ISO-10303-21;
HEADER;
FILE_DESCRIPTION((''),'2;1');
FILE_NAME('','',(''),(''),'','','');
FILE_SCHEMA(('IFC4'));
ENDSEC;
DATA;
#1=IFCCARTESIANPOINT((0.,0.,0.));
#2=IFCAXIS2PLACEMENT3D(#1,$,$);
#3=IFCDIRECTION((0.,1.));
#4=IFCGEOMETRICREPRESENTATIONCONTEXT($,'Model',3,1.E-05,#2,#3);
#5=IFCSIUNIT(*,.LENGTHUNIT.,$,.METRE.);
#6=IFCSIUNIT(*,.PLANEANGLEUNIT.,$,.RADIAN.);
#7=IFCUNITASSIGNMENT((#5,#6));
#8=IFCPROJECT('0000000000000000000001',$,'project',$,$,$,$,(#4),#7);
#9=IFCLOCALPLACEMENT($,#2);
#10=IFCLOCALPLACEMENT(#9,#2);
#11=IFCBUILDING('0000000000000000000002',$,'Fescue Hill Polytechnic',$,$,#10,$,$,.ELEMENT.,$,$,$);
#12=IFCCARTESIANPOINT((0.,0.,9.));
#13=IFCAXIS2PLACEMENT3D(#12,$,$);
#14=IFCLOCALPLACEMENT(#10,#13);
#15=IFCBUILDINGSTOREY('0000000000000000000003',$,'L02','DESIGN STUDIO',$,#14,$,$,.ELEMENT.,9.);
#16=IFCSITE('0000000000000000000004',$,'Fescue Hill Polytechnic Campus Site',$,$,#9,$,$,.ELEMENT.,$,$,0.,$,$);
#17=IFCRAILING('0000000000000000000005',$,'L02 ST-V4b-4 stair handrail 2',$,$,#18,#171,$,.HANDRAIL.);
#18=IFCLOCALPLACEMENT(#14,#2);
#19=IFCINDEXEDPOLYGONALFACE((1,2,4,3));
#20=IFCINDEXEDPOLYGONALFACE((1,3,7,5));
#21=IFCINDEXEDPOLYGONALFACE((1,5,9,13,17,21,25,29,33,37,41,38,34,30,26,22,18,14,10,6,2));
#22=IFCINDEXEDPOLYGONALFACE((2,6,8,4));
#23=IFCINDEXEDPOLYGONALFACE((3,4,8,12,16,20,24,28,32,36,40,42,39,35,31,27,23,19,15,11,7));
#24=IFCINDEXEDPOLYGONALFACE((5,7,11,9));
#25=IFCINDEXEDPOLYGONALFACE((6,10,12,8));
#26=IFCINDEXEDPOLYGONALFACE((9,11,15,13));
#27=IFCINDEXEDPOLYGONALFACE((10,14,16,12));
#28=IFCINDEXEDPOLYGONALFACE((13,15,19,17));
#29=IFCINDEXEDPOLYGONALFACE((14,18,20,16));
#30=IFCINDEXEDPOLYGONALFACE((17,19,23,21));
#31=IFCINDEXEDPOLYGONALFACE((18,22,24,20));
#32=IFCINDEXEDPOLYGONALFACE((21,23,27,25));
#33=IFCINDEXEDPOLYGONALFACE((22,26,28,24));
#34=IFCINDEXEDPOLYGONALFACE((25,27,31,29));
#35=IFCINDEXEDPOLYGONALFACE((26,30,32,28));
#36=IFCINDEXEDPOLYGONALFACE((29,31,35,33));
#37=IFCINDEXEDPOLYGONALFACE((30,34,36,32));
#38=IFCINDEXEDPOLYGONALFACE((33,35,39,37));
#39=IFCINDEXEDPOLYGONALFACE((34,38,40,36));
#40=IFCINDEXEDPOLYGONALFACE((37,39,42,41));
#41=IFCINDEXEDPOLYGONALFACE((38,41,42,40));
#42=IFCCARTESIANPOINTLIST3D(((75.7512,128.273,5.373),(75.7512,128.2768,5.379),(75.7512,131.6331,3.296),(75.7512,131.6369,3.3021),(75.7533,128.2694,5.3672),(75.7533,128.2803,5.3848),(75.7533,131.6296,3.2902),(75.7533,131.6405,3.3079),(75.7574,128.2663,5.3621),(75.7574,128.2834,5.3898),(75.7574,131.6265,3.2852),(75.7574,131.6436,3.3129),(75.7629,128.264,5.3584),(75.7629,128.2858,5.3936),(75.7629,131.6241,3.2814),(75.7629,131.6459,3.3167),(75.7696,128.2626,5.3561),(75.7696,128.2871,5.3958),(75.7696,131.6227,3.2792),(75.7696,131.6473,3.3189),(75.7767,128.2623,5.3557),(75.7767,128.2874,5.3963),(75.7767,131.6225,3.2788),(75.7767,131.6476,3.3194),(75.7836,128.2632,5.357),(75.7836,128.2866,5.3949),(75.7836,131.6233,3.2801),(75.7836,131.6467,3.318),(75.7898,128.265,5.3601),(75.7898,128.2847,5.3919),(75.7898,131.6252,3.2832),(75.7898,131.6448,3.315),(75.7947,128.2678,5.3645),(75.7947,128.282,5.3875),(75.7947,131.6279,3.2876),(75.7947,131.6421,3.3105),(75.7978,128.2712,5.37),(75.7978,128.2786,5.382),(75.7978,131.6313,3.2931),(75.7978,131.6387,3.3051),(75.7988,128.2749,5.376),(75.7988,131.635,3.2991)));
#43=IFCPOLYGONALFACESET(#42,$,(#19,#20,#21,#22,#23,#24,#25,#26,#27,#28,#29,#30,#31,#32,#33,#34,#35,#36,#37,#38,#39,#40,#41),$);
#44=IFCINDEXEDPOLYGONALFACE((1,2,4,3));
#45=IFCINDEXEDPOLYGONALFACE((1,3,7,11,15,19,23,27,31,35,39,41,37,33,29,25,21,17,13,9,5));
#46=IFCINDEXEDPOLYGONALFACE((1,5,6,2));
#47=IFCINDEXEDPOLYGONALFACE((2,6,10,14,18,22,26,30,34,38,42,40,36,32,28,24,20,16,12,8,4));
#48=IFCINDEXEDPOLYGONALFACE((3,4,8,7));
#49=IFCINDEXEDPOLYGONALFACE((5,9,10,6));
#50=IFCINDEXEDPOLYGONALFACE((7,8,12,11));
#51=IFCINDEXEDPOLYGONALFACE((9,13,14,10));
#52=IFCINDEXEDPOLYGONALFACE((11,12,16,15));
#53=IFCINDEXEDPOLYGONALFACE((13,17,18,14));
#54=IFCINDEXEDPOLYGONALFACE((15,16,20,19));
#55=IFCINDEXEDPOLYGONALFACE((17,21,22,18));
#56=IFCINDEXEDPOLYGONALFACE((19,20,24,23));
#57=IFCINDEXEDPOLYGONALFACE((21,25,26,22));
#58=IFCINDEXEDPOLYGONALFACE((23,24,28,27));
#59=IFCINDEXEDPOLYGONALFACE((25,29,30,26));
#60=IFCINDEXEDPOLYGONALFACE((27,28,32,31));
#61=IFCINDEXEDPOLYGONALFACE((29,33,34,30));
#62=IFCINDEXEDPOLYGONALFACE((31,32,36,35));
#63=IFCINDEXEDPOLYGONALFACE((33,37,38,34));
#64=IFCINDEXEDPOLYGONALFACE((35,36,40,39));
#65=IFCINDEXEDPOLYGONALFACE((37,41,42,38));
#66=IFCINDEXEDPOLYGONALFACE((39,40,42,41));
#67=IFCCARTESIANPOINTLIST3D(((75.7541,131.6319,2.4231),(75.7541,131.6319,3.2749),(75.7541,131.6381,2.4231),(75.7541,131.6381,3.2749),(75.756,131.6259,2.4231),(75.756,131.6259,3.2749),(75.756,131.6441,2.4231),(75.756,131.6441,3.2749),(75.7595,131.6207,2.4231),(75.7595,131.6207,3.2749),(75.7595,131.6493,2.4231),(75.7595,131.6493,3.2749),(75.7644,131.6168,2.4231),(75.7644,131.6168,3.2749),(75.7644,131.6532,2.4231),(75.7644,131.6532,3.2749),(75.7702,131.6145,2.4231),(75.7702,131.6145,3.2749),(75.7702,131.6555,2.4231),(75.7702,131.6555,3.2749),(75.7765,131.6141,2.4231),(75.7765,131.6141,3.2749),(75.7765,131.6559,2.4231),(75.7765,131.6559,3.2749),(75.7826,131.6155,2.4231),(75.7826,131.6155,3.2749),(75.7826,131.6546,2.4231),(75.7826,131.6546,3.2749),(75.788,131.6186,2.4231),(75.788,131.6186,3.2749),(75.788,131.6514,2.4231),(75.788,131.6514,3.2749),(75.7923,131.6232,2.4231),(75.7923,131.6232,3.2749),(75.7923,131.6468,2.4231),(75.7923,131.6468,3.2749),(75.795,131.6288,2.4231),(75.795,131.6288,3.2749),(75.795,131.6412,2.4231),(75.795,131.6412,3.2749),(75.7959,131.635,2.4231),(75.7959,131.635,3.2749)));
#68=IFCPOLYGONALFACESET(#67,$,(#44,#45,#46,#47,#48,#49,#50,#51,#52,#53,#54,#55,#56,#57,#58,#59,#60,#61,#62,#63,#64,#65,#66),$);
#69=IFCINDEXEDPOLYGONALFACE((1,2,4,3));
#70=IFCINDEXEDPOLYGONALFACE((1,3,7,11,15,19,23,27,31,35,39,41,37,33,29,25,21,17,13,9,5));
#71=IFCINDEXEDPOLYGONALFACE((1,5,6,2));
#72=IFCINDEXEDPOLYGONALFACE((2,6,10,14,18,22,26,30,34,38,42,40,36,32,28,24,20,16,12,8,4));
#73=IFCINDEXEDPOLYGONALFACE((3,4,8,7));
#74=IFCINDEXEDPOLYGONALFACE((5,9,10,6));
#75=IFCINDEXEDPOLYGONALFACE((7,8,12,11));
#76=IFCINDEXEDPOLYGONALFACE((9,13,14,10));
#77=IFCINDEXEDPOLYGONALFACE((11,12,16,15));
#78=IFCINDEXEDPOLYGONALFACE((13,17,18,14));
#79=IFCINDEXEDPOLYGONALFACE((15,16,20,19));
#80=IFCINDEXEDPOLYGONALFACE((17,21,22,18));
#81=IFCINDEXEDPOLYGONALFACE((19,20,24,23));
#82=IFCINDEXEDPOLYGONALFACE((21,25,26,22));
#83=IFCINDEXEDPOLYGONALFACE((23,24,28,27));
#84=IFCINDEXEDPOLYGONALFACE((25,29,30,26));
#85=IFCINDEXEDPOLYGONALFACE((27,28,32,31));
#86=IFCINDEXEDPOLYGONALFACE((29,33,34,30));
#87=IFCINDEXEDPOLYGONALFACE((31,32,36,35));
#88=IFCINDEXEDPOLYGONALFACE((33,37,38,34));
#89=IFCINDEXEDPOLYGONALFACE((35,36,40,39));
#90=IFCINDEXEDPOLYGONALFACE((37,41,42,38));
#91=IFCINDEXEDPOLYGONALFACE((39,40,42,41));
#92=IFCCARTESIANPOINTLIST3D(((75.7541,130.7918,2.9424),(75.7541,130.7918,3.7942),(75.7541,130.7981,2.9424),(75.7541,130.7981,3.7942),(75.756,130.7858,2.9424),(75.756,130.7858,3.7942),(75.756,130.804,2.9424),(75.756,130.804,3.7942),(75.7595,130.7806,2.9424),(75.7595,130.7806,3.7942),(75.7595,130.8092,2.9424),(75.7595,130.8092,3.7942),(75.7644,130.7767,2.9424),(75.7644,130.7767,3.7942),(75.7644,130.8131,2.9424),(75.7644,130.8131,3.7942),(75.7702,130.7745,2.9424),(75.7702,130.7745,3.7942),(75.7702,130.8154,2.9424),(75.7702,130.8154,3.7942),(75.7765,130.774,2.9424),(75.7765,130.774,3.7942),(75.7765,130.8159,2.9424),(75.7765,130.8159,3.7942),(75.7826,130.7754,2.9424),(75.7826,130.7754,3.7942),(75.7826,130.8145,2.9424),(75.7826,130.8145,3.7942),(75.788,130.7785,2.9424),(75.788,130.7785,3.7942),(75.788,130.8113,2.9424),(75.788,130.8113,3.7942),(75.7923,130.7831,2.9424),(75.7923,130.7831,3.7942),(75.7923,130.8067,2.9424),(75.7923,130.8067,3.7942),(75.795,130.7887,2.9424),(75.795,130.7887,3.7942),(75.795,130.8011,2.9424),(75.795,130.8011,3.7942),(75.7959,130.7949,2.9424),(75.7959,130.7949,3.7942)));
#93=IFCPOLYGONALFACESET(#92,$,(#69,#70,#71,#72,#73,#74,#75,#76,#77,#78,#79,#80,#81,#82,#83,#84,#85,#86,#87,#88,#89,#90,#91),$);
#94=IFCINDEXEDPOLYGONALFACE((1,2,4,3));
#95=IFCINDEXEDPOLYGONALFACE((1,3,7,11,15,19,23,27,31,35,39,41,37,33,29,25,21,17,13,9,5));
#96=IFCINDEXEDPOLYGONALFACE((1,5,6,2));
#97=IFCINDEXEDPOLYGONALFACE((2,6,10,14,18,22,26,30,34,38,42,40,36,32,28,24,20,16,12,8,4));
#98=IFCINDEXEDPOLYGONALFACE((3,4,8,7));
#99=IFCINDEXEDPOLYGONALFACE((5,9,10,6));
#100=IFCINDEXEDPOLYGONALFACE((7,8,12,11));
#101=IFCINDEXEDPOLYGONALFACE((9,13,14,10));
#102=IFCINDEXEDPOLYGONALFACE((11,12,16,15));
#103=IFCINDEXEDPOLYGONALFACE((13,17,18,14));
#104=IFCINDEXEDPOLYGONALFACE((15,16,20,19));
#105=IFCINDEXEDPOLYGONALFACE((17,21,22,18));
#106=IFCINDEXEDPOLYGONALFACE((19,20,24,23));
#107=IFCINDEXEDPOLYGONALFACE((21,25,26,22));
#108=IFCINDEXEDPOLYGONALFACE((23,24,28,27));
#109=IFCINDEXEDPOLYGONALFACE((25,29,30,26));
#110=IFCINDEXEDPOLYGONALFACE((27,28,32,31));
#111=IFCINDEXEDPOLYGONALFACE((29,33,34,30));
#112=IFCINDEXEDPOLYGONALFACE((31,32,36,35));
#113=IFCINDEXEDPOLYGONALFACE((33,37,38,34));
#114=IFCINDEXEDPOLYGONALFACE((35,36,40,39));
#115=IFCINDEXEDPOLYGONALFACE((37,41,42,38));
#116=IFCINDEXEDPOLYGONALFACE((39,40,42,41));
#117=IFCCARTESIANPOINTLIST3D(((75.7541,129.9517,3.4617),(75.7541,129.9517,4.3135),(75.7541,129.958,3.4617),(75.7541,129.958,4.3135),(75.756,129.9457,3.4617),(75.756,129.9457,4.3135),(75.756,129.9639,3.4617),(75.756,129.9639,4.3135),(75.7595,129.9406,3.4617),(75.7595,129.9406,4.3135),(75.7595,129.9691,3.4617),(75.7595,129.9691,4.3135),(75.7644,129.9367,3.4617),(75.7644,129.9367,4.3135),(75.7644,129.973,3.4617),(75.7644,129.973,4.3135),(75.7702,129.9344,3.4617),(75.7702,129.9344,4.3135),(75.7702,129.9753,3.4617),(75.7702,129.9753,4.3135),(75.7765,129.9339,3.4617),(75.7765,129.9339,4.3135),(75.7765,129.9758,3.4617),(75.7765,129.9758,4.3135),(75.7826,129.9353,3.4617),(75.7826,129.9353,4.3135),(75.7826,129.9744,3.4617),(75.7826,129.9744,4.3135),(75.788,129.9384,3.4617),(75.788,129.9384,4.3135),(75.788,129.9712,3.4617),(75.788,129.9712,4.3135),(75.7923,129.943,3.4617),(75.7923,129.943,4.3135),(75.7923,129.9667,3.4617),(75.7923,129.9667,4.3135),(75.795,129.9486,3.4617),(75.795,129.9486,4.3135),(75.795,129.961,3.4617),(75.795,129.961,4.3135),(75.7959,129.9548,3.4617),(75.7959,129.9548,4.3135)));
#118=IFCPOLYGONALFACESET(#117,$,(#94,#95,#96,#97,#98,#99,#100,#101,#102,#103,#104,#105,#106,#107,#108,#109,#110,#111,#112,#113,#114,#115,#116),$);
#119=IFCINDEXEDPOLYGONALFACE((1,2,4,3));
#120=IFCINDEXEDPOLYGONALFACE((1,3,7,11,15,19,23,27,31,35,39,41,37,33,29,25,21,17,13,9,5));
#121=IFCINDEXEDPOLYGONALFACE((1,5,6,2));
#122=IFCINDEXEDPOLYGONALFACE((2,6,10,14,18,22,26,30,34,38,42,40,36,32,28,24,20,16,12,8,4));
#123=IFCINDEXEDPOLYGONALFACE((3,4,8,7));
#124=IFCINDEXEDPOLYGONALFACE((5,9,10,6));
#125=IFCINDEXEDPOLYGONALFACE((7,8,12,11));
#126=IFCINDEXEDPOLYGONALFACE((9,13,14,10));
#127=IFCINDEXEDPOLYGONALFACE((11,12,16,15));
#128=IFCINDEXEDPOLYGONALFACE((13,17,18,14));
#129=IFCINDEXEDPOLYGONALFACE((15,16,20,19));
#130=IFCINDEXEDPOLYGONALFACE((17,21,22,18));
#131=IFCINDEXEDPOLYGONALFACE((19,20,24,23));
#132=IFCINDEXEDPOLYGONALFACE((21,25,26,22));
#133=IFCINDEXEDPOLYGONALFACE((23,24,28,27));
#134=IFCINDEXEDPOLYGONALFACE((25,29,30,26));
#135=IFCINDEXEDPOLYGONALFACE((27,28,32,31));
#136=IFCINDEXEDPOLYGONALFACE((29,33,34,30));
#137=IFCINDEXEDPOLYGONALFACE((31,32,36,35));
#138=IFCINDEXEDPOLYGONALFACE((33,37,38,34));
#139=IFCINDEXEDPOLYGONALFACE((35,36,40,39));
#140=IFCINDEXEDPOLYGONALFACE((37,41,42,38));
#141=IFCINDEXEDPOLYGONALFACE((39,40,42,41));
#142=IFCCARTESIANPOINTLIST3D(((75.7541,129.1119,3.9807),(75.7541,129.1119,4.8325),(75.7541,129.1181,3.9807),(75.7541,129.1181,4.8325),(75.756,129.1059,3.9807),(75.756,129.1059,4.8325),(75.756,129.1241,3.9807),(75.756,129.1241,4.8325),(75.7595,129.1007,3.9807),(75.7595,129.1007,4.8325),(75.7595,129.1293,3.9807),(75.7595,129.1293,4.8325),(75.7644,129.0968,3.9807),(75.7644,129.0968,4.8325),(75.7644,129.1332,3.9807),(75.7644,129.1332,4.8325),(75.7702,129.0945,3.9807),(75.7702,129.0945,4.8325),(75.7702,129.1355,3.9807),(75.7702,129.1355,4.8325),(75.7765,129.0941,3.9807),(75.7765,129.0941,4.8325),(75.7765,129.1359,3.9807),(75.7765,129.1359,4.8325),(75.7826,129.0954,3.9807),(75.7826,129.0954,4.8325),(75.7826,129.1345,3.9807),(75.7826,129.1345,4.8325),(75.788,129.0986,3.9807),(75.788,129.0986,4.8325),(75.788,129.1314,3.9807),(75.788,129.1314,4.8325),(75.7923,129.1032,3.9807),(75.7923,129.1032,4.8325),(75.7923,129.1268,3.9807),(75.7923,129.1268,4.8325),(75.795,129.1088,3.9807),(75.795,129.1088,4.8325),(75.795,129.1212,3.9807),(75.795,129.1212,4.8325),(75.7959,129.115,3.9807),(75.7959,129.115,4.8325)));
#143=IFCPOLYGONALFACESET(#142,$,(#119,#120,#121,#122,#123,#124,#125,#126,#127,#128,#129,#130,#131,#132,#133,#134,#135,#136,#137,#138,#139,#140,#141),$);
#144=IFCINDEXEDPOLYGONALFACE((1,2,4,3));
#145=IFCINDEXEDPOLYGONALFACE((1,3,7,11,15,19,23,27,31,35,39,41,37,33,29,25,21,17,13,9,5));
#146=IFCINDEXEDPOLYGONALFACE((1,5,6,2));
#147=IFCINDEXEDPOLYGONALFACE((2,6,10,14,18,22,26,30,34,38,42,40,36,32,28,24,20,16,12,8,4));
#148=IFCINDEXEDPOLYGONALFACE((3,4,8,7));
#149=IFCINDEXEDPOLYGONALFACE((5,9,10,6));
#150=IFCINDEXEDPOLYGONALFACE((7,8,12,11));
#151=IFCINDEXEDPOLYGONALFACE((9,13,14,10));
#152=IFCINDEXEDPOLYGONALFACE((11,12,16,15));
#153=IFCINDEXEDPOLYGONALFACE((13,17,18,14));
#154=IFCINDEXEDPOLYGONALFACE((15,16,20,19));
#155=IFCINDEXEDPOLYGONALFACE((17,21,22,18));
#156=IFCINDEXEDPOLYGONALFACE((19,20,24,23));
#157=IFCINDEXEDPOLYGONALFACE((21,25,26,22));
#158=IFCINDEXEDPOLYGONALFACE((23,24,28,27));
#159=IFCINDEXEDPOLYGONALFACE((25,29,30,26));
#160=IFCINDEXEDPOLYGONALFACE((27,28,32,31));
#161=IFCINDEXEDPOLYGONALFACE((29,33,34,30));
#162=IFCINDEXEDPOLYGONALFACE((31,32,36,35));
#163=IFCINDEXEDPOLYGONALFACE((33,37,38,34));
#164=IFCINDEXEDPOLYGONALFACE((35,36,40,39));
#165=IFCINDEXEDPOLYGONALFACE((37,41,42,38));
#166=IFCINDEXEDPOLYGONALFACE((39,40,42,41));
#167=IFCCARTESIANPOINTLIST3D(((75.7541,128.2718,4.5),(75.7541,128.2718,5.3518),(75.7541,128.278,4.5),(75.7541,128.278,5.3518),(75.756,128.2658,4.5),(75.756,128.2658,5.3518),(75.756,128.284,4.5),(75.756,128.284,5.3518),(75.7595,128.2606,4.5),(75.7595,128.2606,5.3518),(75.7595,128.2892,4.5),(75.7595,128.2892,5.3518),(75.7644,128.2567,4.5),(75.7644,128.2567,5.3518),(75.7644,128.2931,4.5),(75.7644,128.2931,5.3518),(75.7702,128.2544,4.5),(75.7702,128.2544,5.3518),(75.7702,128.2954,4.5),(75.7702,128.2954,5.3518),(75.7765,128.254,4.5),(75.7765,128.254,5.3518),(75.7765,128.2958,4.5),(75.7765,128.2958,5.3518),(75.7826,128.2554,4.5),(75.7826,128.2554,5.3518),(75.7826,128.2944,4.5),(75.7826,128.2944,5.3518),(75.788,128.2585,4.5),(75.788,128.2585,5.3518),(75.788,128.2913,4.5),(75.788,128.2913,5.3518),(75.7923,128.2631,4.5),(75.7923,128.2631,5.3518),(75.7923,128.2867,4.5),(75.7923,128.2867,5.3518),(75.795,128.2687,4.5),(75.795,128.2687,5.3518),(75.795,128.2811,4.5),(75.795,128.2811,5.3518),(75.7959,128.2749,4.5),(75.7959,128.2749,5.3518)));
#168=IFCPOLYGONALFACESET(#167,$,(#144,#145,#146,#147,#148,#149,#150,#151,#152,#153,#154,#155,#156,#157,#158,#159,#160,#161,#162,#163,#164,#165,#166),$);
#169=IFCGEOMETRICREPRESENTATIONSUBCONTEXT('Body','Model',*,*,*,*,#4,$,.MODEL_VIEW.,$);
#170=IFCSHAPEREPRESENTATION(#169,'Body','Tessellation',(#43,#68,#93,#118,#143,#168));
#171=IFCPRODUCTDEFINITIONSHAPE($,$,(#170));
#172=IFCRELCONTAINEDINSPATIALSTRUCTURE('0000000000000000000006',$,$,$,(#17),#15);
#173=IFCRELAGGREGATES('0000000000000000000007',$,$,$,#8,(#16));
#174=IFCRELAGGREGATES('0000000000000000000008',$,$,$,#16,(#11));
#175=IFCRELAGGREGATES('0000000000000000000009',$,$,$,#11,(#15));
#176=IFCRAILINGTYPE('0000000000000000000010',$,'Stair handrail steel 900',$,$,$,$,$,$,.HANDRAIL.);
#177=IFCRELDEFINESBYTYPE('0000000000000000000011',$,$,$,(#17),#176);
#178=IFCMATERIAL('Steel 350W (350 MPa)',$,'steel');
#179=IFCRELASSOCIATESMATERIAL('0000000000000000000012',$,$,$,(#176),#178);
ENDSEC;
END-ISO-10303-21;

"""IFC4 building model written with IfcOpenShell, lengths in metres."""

from ifc_helpers import new_model, si_unit, direction, frame, origin, origin_2d, place, context, subcontext, project, spatial, circle, extrude, material, type_object, element, save


model = new_model("IFC4")

# Units and contexts
model_context = context("Model", 3, precision=1e-05, world=origin(), true_north=direction((0.0, 1.0)))
body_context = subcontext(model_context, "Body", "Model", "MODEL_VIEW")
ifc_project = project(units=[si_unit("LENGTHUNIT", "METRE"), si_unit("PLANEANGLEUNIT", "RADIAN")], contexts=[model_context])

# Site, building, storey
site_placement = place(None, origin())
site = spatial("IfcSite", under=ifc_project, at=site_placement, Name="Fescue Hill Polytechnic Campus Site", CompositionType="ELEMENT", RefElevation=0.0)
building_placement = place(site_placement, origin())
building = spatial("IfcBuilding", under=site, at=building_placement, Name="Fescue Hill Polytechnic", CompositionType="ELEMENT")
storey_placement = place(building_placement, frame((0.0, 0.0, 9.0)))
storey = spatial("IfcBuildingStorey", under=building, at=storey_placement, Name="L02", Description="DESIGN STUDIO", CompositionType="ELEMENT", Elevation=9.0)

# Railing
ifc_material_1 = material(Name="Steel 350W (350 MPa)", Category="steel")
railing_type_1 = type_object("IfcRailingType", Name="Stair handrail steel 900", PredefinedType="HANDRAIL", material=ifc_material_1)
for number, where, name in (
    (1, (75.7749, 131.635, 2.4231), "L02 ST-V4b-4 stair handrail 2"),
):
    element("IfcRailing", number, at=place(storey_placement, frame(where)), inside=storey, type_object=railing_type_1, Name=name, PredefinedType="HANDRAIL", context=body_context, shape_type="SweptSolid", body=[
        extrude(circle(Radius=0.0239, at=origin_2d()), frame((0.0, 0.0, 0.876), z_axis=(0.0, -0.850623, 0.525776), x_axis=(1.0, 0.0, 0.0)), (0.0, 0.0, 1.0), 3.9502),
        extrude(circle(Radius=0.021, at=origin_2d()), origin(), (0.0, 0.0, 1.0), 0.8518),
        extrude(circle(Radius=0.021, at=origin_2d()), frame((0.0, -0.8401, 0.5193)), (0.0, 0.0, 1.0), 0.8518),
        extrude(circle(Radius=0.021, at=origin_2d()), frame((0.0, -1.6802, 1.0386)), (0.0, 0.0, 1.0), 0.8518),
        extrude(circle(Radius=0.021, at=origin_2d()), frame((0.0, -2.52, 1.5576)), (0.0, 0.0, 1.0), 0.8518),
        extrude(circle(Radius=0.021, at=origin_2d()), frame((0.0, -3.3601, 2.0769)), (0.0, 0.0, 1.0), 0.8518),
    ])

save(model, "model.ifc")
